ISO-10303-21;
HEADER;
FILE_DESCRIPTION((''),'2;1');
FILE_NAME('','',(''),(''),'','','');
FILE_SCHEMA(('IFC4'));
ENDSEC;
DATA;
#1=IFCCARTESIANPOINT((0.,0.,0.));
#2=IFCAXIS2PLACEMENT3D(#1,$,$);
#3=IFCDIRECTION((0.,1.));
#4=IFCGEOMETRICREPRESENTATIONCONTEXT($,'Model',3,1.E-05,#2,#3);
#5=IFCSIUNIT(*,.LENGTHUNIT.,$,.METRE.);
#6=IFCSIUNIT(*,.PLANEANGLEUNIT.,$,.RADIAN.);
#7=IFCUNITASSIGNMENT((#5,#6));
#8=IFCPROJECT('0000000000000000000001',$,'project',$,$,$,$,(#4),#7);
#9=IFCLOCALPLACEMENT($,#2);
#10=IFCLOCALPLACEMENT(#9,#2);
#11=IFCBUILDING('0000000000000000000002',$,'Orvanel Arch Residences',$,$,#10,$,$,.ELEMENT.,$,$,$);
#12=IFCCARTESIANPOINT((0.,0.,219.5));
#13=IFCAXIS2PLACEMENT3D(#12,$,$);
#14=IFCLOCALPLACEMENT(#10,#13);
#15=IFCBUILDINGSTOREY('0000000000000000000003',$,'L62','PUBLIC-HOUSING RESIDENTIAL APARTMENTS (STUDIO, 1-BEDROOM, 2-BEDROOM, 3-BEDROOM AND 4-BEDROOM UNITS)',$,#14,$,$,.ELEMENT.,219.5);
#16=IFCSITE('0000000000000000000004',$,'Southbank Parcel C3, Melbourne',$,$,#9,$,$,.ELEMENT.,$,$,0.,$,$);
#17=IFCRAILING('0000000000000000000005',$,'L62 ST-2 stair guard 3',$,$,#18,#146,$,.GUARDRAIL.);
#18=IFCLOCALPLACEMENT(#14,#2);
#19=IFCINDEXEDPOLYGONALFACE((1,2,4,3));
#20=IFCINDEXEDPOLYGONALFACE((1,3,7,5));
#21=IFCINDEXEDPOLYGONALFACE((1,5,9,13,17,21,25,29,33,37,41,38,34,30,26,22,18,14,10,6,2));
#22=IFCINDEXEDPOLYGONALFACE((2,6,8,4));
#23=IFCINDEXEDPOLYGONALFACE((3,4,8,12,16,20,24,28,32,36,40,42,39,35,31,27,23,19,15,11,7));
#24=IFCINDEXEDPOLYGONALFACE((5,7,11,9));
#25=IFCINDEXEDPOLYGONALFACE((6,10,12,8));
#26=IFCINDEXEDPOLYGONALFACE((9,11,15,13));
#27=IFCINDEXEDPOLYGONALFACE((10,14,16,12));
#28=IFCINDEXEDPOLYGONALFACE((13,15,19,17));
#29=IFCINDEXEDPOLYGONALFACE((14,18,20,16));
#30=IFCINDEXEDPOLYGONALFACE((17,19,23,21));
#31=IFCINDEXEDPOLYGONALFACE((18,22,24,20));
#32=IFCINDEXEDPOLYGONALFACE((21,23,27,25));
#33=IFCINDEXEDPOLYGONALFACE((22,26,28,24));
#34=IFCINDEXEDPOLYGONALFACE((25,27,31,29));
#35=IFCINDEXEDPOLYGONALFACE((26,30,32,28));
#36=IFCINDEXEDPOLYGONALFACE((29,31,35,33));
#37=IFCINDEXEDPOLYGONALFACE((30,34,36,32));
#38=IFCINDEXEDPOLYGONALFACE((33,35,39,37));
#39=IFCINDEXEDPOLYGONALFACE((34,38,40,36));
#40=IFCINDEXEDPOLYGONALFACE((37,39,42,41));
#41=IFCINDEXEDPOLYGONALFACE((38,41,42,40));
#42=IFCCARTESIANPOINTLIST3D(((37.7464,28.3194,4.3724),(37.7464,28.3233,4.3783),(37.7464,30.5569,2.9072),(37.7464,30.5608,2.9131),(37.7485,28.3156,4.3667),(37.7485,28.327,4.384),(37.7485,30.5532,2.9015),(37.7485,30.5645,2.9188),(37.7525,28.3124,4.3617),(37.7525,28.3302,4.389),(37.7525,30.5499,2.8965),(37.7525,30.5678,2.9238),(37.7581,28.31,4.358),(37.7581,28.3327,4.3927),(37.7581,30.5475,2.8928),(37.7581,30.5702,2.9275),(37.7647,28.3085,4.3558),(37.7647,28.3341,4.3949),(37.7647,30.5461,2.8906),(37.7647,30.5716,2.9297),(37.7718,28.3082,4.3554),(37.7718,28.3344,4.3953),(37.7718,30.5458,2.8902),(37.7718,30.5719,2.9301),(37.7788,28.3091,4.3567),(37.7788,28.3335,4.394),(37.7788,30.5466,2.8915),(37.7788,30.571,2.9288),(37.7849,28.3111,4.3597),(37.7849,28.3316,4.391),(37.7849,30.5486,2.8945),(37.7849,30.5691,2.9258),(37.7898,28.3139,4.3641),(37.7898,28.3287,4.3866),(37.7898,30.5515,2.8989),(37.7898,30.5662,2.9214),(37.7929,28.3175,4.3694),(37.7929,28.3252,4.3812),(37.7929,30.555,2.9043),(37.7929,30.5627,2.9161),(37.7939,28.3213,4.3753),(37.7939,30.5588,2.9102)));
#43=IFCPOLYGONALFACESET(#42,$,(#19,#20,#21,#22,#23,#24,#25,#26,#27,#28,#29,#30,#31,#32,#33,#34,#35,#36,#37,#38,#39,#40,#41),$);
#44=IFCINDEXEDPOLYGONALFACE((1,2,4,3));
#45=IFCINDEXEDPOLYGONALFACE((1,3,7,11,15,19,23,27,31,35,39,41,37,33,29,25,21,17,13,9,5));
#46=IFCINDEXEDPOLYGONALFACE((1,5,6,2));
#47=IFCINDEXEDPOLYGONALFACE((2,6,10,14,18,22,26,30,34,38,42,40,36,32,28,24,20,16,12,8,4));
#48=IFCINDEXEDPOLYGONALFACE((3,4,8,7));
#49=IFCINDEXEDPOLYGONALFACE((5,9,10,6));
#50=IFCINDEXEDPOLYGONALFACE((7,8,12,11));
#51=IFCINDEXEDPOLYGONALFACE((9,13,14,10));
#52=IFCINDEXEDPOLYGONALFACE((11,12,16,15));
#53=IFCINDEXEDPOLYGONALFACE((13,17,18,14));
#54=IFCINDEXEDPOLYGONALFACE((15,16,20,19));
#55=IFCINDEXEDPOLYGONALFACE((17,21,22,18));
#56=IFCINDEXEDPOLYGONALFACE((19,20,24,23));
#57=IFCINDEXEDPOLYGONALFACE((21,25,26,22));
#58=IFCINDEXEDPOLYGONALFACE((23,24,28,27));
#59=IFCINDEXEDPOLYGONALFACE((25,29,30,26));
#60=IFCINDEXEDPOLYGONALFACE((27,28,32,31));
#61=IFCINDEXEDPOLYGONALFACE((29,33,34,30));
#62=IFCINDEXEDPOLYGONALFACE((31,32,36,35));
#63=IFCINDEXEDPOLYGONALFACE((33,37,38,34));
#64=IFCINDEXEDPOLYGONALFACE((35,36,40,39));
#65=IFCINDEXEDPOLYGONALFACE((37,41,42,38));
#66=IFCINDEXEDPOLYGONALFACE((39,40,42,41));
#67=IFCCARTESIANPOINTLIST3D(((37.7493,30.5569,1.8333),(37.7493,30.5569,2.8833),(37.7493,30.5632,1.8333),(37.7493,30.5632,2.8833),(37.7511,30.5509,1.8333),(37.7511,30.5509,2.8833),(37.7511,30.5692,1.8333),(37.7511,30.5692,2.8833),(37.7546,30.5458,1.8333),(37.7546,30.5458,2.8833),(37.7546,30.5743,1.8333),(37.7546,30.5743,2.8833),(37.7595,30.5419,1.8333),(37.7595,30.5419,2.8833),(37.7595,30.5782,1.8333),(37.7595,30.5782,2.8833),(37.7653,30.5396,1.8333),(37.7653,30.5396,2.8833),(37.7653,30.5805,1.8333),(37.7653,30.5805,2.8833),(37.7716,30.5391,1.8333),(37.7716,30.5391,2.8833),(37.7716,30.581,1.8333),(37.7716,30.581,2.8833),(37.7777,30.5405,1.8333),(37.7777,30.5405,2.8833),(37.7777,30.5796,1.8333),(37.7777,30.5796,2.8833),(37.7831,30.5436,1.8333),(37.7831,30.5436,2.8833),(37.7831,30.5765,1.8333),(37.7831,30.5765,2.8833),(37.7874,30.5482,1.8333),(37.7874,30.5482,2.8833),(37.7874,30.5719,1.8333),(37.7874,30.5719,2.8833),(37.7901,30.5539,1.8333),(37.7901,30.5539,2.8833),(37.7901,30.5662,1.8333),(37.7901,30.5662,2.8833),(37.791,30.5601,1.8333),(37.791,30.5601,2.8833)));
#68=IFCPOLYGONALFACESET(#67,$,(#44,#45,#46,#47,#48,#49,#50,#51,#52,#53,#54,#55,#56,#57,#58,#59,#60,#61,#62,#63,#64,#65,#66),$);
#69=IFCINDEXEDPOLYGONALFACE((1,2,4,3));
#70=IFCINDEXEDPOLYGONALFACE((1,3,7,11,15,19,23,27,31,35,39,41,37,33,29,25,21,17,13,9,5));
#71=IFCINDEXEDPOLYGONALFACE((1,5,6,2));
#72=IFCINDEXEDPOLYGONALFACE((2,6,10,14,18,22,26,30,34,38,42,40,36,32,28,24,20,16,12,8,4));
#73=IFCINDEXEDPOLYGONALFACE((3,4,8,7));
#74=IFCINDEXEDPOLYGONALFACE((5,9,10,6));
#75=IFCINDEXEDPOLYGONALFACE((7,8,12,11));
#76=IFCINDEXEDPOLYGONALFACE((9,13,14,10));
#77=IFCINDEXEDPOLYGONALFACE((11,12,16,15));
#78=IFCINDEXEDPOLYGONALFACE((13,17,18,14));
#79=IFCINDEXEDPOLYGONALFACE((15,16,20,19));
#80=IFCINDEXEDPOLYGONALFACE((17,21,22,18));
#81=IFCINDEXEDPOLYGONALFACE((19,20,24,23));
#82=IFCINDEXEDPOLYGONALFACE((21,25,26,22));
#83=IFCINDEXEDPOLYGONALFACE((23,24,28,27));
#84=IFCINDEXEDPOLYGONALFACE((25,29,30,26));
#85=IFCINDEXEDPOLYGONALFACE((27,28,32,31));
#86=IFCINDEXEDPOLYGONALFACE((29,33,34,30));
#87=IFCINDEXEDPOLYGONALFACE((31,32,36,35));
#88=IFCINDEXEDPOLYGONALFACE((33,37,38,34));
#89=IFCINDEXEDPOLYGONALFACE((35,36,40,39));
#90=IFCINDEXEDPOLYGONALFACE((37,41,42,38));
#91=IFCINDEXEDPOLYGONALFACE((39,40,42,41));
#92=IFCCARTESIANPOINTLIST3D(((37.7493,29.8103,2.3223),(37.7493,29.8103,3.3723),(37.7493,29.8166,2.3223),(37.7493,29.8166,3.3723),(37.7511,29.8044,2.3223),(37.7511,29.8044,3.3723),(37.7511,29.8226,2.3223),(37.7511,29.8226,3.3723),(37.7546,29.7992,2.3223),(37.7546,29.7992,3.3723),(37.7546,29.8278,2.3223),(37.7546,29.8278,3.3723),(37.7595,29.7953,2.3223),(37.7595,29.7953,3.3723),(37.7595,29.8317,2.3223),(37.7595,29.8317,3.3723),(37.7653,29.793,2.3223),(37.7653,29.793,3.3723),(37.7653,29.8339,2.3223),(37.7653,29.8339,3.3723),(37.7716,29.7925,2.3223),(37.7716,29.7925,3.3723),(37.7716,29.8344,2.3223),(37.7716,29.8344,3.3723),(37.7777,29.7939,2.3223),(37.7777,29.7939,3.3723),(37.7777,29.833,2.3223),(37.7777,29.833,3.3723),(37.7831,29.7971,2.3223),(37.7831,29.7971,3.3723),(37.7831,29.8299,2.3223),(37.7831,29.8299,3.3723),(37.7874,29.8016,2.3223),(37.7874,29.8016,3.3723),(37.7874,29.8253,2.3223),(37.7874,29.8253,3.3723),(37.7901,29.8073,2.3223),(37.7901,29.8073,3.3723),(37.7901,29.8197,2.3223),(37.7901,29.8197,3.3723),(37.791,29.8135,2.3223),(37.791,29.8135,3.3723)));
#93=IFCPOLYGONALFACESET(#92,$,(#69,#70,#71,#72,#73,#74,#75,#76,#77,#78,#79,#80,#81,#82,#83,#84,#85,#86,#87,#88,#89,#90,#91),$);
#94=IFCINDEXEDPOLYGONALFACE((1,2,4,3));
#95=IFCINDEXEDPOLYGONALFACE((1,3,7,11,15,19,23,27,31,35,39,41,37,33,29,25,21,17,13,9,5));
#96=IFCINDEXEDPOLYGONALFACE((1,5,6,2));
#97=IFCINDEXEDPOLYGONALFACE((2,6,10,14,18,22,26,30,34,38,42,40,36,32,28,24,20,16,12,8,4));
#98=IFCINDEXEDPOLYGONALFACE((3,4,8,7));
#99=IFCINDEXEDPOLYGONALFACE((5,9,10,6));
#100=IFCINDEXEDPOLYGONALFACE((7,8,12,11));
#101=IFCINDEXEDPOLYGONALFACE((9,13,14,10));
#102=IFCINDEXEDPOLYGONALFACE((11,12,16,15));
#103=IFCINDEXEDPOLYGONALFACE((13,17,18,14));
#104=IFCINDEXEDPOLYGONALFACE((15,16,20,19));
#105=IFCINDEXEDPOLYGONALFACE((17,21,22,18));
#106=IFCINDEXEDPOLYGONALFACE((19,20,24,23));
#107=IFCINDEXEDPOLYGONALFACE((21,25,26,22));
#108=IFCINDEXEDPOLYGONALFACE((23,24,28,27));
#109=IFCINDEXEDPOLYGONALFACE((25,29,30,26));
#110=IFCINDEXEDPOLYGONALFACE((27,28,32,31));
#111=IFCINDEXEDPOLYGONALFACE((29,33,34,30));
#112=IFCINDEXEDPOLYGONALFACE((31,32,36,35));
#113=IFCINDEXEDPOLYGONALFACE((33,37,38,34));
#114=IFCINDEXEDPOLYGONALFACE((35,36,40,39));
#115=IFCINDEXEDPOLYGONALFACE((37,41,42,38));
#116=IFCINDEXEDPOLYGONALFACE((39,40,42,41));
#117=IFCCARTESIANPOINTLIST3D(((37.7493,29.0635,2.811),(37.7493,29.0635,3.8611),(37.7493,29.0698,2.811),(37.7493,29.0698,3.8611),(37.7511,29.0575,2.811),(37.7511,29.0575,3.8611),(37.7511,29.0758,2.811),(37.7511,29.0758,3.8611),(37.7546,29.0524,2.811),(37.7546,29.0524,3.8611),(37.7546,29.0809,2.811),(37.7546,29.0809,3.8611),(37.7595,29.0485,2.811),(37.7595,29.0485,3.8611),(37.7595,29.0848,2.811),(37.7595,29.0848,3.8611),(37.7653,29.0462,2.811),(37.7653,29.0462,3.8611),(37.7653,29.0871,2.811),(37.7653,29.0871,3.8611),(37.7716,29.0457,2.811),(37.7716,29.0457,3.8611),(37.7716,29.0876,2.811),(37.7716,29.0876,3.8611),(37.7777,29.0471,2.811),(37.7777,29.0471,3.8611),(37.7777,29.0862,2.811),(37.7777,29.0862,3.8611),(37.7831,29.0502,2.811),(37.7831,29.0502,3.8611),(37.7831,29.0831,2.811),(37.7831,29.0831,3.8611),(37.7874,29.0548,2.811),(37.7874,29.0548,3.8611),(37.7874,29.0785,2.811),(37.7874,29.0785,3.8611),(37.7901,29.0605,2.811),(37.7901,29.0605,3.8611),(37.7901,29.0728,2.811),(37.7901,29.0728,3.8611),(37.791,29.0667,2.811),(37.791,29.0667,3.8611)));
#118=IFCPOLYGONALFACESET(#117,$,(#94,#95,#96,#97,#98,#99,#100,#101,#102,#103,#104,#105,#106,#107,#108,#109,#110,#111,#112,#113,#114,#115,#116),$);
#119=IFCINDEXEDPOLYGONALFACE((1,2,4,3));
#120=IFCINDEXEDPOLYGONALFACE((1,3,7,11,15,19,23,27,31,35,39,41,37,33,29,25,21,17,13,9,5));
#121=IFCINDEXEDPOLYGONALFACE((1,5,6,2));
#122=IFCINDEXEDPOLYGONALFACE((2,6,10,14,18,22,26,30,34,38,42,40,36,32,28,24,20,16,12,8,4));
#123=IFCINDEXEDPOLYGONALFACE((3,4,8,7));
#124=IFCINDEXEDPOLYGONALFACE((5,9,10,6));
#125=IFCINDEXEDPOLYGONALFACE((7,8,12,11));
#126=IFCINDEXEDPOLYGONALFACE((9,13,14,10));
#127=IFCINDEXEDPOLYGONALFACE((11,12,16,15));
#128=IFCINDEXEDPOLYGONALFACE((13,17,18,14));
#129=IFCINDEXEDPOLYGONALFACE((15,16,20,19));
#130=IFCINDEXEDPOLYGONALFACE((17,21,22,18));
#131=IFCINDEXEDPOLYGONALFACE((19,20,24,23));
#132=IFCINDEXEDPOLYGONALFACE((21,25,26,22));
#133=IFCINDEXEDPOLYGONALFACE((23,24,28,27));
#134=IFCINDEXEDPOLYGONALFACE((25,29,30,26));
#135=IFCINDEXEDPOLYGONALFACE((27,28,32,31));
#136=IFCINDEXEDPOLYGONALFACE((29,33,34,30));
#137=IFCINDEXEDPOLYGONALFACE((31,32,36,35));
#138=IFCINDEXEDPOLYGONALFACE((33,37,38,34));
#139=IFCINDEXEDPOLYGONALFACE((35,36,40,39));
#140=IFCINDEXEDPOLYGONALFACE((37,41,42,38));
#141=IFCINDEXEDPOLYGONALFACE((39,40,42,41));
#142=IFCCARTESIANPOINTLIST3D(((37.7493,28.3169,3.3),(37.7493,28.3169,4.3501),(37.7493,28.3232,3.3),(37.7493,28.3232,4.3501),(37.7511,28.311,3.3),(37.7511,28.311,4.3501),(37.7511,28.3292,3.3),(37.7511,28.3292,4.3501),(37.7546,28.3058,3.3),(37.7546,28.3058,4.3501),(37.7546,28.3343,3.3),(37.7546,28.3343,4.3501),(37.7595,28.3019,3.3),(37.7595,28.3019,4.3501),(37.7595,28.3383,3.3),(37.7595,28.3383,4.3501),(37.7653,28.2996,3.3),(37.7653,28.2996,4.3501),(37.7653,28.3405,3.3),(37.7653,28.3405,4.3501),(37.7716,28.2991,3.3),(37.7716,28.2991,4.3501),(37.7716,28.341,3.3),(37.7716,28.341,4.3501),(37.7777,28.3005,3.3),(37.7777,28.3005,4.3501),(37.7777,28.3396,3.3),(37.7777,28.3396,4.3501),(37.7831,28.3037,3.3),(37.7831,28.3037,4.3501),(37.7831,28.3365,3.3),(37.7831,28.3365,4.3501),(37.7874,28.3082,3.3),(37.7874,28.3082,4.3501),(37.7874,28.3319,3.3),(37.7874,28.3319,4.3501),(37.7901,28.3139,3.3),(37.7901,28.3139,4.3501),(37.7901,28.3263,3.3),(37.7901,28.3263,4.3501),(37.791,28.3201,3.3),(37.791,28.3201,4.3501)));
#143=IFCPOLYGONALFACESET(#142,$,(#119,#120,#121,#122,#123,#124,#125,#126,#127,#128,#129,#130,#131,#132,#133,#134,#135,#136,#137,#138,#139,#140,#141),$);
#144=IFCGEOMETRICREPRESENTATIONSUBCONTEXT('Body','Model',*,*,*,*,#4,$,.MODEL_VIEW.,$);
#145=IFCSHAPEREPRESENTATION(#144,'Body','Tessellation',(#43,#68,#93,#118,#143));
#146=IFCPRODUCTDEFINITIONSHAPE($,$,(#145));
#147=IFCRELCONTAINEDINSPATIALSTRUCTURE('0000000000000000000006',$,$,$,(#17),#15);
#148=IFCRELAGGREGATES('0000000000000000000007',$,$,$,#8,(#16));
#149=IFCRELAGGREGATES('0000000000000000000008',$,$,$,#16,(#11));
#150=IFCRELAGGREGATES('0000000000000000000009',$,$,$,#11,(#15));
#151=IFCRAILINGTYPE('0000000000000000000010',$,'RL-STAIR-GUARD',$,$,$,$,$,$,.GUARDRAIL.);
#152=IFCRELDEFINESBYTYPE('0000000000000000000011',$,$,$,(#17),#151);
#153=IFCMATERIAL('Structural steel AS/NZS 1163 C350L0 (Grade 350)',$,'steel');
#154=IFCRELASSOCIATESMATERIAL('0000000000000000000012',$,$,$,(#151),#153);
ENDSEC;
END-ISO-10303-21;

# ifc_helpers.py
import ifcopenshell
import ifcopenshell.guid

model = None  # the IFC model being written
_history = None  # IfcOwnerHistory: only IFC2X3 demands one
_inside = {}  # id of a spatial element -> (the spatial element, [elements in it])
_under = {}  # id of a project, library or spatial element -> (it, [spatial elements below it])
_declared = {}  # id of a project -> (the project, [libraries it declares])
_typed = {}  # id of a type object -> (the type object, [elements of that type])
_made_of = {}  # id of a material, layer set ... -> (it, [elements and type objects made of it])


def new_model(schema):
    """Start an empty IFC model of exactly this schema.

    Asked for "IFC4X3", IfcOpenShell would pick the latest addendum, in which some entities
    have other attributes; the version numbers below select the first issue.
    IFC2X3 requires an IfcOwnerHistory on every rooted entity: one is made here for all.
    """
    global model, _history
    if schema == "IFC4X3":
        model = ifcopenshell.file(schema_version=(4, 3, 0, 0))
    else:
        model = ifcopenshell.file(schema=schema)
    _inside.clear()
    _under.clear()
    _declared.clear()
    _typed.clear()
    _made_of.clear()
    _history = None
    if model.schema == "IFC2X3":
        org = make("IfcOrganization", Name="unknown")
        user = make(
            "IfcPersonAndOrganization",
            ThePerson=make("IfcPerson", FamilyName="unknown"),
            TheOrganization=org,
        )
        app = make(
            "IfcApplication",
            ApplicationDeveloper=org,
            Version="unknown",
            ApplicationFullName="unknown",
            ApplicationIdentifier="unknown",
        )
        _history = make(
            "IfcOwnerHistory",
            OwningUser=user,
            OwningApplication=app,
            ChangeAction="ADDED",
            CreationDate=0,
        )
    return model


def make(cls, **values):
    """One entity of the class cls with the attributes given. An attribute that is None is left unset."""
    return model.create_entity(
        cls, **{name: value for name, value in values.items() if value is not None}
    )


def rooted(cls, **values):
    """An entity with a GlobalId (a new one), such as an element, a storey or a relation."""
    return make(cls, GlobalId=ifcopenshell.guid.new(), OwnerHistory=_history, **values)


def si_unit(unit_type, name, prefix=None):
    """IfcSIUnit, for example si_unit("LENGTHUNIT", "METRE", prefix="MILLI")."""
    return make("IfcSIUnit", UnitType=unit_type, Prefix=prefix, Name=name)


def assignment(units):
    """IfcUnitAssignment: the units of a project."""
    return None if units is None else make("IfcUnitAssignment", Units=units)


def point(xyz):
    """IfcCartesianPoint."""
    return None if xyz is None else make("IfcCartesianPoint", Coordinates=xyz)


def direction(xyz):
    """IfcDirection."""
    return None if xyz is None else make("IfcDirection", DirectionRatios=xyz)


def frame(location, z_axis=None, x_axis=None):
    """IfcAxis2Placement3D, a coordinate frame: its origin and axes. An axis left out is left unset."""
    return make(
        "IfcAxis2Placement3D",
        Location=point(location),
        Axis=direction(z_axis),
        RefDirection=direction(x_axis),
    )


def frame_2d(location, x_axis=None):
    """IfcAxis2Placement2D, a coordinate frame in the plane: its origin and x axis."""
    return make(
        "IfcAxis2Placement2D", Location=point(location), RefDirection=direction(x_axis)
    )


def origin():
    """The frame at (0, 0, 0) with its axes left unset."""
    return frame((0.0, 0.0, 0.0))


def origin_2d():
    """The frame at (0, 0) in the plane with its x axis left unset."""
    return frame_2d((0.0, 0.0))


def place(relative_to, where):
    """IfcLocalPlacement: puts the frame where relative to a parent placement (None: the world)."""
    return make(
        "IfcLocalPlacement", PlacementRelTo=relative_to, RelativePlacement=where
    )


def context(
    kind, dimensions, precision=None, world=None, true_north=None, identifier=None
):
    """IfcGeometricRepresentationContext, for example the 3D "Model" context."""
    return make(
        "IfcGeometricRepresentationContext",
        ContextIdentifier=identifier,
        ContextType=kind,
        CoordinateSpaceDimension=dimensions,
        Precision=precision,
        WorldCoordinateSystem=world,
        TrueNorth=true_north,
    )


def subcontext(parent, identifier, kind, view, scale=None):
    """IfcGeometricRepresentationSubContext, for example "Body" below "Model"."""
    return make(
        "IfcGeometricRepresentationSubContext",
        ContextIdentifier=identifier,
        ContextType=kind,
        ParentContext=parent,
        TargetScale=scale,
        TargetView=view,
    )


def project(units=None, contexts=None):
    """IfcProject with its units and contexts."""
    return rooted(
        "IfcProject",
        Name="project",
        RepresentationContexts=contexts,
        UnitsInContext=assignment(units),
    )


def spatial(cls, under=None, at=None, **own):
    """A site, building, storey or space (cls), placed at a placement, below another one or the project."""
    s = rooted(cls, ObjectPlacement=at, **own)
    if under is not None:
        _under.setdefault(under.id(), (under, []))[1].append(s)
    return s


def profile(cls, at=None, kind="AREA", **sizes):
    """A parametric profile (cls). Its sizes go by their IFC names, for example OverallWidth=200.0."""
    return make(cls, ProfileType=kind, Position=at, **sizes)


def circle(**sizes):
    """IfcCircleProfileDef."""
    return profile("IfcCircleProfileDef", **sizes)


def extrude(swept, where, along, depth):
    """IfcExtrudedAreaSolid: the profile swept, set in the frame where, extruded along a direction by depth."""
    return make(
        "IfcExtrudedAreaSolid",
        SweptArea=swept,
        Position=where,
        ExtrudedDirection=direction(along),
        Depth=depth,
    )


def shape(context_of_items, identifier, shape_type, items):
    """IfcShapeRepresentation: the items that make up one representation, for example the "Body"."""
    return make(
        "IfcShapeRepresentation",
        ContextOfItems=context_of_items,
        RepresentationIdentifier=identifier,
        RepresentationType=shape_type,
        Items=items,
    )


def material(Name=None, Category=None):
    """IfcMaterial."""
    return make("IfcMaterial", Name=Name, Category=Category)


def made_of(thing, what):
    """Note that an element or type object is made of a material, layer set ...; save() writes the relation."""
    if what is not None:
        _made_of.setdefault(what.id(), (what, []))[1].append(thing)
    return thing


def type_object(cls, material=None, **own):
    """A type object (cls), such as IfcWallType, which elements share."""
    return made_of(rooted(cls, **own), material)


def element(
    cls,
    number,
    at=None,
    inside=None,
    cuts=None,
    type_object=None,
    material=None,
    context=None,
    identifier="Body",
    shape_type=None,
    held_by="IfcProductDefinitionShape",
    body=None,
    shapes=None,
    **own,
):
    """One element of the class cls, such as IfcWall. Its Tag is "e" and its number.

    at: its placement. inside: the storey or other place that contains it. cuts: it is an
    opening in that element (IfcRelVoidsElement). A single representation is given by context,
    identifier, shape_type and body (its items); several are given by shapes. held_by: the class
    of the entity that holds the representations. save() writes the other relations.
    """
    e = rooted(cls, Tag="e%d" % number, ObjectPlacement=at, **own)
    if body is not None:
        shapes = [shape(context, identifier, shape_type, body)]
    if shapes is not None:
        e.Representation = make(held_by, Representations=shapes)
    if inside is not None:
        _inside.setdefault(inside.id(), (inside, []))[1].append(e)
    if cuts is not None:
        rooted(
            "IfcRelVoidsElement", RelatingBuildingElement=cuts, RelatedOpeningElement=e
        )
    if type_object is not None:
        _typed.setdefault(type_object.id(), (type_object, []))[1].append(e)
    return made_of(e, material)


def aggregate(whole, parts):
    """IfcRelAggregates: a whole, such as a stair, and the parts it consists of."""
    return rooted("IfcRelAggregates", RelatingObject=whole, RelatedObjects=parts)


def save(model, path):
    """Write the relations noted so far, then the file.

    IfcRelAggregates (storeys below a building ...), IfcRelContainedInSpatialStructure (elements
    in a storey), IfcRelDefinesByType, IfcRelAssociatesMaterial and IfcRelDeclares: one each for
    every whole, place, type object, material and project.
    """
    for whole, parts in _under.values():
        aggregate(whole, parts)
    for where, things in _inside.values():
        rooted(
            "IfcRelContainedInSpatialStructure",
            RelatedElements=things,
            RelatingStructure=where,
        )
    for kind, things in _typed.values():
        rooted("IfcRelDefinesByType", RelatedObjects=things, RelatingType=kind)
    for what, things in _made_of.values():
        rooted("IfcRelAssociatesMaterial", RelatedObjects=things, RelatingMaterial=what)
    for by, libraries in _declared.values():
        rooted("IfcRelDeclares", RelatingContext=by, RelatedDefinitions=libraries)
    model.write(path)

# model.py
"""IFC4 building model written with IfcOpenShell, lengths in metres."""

from ifc_helpers import new_model, si_unit, direction, frame, origin, origin_2d, place, context, subcontext, project, spatial, circle, extrude, material, type_object, element, save


model = new_model("IFC4")

# Units and contexts
model_context = context("Model", 3, precision=1e-05, world=origin(), true_north=direction((0.0, 1.0)))
body_context = subcontext(model_context, "Body", "Model", "MODEL_VIEW")
ifc_project = project(units=[si_unit("LENGTHUNIT", "METRE"), si_unit("PLANEANGLEUNIT", "RADIAN")], contexts=[model_context])

# Site, building, storey
site_placement = place(None, origin())
site = spatial("IfcSite", under=ifc_project, at=site_placement, Name="Southbank Parcel C3, Melbourne", CompositionType="ELEMENT", RefElevation=0.0)
building_placement = place(site_placement, origin())
building = spatial("IfcBuilding", under=site, at=building_placement, Name="Orvanel Arch Residences", CompositionType="ELEMENT")
storey_placement = place(building_placement, frame((0.0, 0.0, 219.5)))
storey = spatial("IfcBuildingStorey", under=building, at=storey_placement, Name="L62", Description="PUBLIC-HOUSING RESIDENTIAL APARTMENTS (STUDIO, 1-BEDROOM, 2-BEDROOM, 3-BEDROOM AND 4-BEDROOM UNITS)", CompositionType="ELEMENT", Elevation=219.5)

# Railing
ifc_material_1 = material(Name="Structural steel AS/NZS 1163 C350L0 (Grade 350)", Category="steel")
railing_type_1 = type_object("IfcRailingType", Name="RL-STAIR-GUARD", PredefinedType="GUARDRAIL", material=ifc_material_1)
railing_1_placement = place(storey_placement, frame((37.77, 30.5601, 1.8333)))
element("IfcRailing", 1, at=railing_1_placement, inside=storey, type_object=railing_type_1, Name="L62 ST-2 stair guard 3", PredefinedType="GUARDRAIL", context=body_context, shape_type="SweptSolid", body=[
    extrude(circle(Radius=0.0239, at=origin_2d()), frame((0.0, -0.0012, 1.0769), z_axis=(0.0, -0.836595, 0.547822), x_axis=(1.0, 0.0, 0.0)), (0.0, 0.0, 1.0), 2.6746),
    extrude(circle(Radius=0.021, at=origin_2d()), origin(), (0.0, 0.0, 1.0), 1.05),
    extrude(circle(Radius=0.021, at=origin_2d()), frame((0.0, -0.7466, 0.489)), (0.0, 0.0, 1.0), 1.05),
    extrude(circle(Radius=0.021, at=origin_2d()), frame((0.0, -1.4934, 0.9778)), (0.0, 0.0, 1.0), 1.05),
    extrude(circle(Radius=0.021, at=origin_2d()), frame((0.0, -2.24, 1.4668)), (0.0, 0.0, 1.0), 1.05),
])

save(model, "model.ifc")
